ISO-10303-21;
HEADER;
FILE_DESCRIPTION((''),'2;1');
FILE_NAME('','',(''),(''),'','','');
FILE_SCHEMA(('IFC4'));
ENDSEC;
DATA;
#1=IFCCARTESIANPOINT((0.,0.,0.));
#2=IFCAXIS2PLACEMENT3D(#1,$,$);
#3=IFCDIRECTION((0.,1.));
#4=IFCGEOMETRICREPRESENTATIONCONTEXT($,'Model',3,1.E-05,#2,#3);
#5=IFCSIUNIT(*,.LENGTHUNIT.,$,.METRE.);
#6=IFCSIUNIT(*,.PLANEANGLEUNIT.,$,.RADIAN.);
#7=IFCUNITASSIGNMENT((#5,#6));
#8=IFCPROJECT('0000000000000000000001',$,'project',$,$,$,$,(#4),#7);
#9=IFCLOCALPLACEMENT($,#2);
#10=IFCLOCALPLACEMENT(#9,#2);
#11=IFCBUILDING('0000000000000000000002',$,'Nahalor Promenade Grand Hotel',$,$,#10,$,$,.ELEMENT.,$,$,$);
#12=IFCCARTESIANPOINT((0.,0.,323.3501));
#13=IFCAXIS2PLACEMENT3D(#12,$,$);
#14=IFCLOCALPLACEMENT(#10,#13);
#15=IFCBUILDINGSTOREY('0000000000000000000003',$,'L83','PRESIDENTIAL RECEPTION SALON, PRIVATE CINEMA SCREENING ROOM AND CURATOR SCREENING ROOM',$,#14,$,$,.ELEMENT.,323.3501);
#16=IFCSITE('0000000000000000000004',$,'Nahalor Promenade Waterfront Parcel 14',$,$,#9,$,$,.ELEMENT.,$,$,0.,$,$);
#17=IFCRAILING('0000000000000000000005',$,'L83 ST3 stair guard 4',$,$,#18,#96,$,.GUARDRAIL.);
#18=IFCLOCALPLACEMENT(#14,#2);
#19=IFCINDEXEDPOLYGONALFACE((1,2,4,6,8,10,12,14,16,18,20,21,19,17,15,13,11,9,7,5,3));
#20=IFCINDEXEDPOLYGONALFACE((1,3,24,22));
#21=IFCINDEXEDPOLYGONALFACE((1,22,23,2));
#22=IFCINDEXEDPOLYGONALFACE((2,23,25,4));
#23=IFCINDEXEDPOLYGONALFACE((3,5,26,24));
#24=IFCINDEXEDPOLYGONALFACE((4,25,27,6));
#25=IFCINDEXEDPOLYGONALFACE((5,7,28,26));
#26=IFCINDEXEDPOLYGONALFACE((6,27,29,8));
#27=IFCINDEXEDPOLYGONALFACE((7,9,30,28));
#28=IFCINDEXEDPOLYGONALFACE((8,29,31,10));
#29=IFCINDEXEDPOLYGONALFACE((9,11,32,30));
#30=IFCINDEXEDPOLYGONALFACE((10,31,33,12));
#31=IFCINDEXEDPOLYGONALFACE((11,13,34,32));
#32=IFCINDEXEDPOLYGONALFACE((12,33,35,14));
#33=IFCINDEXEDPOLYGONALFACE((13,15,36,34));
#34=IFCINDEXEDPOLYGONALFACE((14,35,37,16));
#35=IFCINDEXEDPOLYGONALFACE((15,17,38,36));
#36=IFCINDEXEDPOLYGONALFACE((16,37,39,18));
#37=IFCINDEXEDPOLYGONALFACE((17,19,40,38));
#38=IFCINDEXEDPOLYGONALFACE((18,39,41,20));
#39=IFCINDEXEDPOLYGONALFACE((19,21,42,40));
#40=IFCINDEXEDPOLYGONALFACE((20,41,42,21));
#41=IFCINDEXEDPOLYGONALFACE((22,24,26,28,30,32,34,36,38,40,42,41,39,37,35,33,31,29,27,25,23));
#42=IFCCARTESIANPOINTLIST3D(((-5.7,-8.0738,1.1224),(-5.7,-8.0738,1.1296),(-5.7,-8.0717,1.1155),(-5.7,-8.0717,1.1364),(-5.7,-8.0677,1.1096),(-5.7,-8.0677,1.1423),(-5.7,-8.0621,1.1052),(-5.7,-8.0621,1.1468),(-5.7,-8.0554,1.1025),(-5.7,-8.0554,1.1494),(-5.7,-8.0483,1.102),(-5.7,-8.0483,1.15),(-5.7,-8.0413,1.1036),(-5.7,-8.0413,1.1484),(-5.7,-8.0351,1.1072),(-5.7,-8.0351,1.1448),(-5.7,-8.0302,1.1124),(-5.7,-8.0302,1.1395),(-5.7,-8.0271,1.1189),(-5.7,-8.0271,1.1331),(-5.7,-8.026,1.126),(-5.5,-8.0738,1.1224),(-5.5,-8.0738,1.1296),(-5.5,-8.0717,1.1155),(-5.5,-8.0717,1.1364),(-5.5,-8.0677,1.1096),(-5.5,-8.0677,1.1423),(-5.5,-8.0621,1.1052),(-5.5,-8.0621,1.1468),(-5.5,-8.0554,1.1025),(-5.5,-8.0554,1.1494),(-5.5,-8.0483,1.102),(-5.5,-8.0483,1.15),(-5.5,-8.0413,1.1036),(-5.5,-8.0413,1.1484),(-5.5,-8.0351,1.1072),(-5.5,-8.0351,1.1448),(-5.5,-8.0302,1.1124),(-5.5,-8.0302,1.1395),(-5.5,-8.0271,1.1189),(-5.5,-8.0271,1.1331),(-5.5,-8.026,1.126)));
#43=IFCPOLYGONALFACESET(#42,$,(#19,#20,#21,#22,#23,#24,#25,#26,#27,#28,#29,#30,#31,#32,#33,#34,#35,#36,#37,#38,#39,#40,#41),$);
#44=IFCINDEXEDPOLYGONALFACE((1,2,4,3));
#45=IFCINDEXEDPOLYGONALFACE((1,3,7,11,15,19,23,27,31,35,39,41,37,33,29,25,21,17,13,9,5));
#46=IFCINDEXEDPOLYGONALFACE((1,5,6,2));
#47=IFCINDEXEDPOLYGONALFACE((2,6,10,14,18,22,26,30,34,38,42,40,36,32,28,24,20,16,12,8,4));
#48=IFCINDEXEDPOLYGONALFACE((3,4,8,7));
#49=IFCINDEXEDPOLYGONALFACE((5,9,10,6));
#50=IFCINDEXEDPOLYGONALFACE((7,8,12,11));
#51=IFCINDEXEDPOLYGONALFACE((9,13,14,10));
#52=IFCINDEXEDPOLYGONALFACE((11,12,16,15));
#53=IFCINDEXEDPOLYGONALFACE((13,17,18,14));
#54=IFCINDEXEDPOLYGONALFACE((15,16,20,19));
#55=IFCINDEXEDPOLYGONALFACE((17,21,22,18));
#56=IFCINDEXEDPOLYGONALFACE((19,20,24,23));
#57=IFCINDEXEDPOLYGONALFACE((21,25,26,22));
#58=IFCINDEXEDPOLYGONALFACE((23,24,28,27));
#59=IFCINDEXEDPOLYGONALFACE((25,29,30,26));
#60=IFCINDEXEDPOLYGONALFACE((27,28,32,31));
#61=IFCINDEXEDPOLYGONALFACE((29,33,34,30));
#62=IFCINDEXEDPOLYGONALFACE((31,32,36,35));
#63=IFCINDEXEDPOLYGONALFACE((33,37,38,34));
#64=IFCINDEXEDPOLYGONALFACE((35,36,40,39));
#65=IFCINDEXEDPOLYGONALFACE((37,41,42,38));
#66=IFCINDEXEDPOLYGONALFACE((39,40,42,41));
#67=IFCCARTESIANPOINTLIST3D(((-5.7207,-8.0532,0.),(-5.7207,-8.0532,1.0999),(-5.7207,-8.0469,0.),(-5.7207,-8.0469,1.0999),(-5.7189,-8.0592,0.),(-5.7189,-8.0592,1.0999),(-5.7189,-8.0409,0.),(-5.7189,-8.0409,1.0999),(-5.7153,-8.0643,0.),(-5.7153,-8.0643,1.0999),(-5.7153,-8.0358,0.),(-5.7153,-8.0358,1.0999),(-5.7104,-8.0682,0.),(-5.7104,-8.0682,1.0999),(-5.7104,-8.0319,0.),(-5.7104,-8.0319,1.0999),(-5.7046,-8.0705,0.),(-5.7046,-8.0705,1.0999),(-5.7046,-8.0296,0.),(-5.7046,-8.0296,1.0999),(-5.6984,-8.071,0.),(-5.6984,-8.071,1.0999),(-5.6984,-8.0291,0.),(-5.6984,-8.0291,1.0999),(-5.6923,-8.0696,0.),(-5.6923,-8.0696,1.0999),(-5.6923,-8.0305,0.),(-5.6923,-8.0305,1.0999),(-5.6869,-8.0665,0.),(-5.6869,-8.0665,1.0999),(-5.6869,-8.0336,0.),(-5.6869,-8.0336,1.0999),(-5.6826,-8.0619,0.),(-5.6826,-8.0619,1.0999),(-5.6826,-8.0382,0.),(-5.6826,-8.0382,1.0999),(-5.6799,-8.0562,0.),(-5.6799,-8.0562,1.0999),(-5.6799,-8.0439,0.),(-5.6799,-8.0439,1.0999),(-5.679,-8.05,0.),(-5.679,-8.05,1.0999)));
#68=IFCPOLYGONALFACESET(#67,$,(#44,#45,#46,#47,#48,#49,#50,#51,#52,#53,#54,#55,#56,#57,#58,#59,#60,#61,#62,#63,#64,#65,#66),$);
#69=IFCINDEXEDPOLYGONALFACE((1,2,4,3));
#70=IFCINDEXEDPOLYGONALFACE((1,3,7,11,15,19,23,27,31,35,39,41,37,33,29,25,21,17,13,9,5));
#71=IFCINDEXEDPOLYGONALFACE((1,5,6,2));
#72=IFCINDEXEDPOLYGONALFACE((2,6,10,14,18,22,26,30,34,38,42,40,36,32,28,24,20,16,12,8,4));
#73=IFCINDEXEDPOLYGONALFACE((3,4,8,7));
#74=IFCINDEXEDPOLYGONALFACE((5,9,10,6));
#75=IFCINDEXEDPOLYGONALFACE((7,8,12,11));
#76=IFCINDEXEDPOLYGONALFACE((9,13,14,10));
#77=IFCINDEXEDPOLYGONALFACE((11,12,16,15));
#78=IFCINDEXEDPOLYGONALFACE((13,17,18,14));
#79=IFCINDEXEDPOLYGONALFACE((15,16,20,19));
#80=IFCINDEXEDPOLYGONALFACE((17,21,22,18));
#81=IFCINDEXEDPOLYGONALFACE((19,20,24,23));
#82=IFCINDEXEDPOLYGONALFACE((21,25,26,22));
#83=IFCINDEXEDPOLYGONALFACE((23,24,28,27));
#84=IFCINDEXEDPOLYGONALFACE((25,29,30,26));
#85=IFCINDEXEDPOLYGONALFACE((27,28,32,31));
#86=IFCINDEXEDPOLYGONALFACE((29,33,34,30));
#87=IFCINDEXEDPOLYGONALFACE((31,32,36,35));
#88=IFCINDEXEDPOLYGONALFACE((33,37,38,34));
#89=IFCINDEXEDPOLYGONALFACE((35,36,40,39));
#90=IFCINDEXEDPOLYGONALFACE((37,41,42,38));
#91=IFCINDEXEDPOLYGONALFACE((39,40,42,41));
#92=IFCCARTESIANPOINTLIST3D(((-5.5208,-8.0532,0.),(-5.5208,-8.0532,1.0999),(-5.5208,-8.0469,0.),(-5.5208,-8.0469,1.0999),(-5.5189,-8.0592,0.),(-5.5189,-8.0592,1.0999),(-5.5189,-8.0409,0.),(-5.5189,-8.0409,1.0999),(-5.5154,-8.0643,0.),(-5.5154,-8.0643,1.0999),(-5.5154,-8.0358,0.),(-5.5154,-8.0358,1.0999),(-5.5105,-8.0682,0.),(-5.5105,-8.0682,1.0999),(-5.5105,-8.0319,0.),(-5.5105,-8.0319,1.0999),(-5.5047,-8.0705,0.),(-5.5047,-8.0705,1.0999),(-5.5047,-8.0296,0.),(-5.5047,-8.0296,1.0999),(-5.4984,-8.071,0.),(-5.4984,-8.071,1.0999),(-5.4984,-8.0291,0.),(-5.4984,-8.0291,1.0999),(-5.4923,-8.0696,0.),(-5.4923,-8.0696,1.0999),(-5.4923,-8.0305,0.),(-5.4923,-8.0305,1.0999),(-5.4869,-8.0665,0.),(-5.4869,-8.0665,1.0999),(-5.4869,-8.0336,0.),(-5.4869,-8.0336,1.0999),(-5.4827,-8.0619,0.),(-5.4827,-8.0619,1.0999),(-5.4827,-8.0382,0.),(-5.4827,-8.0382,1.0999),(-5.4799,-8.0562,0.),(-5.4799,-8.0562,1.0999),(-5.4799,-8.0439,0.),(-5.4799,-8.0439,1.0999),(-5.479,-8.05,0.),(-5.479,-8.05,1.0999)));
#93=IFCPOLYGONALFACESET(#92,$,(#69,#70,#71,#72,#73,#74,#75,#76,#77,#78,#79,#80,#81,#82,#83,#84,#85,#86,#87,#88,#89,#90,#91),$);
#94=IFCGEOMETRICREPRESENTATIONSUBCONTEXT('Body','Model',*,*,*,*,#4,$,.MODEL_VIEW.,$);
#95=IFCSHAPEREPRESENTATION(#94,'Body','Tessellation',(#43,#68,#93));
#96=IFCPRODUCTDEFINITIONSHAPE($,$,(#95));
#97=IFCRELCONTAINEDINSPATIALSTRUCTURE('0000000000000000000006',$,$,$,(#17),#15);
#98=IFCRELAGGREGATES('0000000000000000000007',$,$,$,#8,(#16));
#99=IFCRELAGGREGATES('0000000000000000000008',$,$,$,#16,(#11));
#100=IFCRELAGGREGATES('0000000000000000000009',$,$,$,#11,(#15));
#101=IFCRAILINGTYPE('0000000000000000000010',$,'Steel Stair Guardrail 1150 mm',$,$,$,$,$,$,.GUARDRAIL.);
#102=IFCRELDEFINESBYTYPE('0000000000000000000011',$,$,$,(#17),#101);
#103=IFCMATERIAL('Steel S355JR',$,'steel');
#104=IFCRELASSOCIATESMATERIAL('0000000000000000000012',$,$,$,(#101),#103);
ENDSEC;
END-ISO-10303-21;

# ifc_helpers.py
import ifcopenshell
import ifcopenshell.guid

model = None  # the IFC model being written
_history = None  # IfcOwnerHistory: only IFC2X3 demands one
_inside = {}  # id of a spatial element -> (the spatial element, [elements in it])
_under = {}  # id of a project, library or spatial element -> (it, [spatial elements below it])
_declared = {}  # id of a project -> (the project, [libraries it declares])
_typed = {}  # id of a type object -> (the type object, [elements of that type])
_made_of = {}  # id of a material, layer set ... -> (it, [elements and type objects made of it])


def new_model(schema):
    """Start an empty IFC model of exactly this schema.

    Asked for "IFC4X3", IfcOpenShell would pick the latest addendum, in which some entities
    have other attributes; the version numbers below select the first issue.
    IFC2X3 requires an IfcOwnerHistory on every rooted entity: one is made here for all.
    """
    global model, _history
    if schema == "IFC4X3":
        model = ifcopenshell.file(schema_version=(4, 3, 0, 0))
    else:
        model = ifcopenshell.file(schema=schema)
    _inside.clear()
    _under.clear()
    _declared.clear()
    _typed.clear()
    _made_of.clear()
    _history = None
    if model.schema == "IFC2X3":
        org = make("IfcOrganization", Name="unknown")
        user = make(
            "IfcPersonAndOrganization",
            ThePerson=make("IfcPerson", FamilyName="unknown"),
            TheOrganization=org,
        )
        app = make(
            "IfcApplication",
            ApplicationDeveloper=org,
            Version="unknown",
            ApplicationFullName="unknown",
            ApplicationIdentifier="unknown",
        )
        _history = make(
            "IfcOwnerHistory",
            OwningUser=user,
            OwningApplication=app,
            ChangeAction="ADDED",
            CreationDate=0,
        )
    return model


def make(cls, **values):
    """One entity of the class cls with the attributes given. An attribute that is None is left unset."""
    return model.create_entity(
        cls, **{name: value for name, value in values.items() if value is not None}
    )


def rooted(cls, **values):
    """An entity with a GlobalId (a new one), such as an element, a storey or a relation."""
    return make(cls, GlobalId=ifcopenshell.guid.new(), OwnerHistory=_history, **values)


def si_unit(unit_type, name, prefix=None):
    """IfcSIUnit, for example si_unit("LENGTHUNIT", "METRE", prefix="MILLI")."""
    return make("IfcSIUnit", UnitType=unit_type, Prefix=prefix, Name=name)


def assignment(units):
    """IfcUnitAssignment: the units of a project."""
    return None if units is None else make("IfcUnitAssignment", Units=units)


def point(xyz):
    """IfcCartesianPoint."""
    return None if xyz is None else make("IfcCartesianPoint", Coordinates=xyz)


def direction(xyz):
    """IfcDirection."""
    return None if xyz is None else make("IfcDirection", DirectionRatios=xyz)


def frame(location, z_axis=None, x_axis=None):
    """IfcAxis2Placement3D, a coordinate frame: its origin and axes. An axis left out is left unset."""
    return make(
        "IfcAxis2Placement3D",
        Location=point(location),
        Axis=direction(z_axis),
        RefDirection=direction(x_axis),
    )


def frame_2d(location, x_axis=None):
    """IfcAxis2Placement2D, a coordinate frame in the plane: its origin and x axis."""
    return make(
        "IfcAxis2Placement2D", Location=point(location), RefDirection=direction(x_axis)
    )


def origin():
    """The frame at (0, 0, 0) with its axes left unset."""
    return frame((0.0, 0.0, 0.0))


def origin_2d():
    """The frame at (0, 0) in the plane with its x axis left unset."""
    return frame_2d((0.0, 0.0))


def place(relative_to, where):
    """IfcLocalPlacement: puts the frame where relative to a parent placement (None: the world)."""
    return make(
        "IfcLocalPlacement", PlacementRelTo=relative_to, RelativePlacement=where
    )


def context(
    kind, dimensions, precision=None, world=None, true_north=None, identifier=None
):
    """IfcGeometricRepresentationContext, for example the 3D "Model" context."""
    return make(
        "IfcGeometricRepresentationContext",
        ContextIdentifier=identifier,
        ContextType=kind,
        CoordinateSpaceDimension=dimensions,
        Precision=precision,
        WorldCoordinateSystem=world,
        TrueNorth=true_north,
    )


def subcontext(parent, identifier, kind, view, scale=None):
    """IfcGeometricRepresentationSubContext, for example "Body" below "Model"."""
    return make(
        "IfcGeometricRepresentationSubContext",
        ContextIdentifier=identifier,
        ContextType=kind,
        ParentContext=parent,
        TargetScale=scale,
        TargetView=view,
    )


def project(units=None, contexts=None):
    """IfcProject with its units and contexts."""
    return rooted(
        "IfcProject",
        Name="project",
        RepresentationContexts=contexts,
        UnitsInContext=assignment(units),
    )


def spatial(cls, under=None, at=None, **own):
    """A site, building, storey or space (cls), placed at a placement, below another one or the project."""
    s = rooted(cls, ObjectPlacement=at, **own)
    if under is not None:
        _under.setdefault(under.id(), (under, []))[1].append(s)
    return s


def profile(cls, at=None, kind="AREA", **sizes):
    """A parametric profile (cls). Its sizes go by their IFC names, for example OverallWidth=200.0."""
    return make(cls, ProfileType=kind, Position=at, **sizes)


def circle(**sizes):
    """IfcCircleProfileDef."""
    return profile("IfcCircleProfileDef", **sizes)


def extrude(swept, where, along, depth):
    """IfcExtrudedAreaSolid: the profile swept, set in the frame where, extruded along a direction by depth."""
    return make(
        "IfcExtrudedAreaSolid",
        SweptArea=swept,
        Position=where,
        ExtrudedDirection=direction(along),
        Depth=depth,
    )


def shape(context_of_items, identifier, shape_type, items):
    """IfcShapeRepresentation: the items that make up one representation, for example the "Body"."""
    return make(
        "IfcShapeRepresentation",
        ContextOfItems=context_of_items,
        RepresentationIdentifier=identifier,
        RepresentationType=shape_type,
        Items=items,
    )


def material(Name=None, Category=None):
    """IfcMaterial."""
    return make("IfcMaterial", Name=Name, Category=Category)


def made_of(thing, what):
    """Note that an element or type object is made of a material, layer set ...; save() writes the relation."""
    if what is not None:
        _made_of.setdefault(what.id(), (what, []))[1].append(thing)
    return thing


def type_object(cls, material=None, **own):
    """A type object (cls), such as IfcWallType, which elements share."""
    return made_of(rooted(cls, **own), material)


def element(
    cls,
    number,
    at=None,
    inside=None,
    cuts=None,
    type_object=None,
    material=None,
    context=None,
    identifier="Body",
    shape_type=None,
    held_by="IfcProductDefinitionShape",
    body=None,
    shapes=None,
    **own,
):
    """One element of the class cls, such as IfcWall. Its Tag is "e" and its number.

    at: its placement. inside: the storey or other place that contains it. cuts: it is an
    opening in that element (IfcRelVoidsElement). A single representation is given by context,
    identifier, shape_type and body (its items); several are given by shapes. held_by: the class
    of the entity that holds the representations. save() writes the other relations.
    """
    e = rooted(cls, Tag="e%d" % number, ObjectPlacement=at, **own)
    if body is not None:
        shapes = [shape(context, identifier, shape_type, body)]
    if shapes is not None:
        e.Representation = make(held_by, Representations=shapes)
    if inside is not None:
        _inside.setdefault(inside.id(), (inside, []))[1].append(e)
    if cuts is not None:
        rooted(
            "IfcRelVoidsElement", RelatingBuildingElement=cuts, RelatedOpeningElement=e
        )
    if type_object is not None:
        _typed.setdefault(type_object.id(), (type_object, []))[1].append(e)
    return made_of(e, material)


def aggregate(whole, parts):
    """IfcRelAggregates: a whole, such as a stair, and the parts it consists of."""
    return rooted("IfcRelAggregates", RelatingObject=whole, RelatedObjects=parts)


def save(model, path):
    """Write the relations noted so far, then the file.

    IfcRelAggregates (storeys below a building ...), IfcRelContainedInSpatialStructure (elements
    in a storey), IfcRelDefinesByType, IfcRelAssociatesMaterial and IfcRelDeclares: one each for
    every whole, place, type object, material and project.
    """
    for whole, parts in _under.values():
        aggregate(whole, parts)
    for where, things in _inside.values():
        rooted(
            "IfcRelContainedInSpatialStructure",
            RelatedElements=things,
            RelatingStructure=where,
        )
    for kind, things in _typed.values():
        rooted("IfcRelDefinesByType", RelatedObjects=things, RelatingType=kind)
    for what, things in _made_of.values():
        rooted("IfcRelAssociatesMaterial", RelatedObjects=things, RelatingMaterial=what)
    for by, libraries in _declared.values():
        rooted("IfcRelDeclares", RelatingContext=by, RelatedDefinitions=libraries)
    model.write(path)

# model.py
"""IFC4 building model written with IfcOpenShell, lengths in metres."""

from ifc_helpers import new_model, si_unit, direction, frame, origin, origin_2d, place, context, subcontext, project, spatial, circle, extrude, material, type_object, element, save


model = new_model("IFC4")

# Units and contexts
model_context = context("Model", 3, precision=1e-05, world=origin(), true_north=direction((0.0, 1.0)))
body_context = subcontext(model_context, "Body", "Model", "MODEL_VIEW")
ifc_project = project(units=[si_unit("LENGTHUNIT", "METRE"), si_unit("PLANEANGLEUNIT", "RADIAN")], contexts=[model_context])

# Site, building, storey
site_placement = place(None, origin())
site = spatial("IfcSite", under=ifc_project, at=site_placement, Name="Nahalor Promenade Waterfront Parcel 14", CompositionType="ELEMENT", RefElevation=0.0)
building_placement = place(site_placement, origin())
building = spatial("IfcBuilding", under=site, at=building_placement, Name="Nahalor Promenade Grand Hotel", CompositionType="ELEMENT")
storey_placement = place(building_placement, frame((0.0, 0.0, 323.3501)))
storey = spatial("IfcBuildingStorey", under=building, at=storey_placement, Name="L83", Description="PRESIDENTIAL RECEPTION SALON, PRIVATE CINEMA SCREENING ROOM AND CURATOR SCREENING ROOM", CompositionType="ELEMENT", Elevation=323.3501)

# Shared definitions
ifc_material_1 = material(Name="Steel S355JR", Category="steel")

# Railing
railing_type_1 = type_object("IfcRailingType", Name="Steel Stair Guardrail 1150 mm", PredefinedType="GUARDRAIL", material=ifc_material_1)
railing_1_placement = place(storey_placement, frame((-5.7, -8.05, 0.0)))
element("IfcRailing", 1, at=railing_1_placement, inside=storey, type_object=railing_type_1, Name="L83 ST3 stair guard 4", PredefinedType="GUARDRAIL", context=body_context, shape_type="SweptSolid", body=[
    extrude(circle(Radius=0.024, at=origin_2d()), frame((0.0, 0.0, 1.126), z_axis=(1.0, 0.0, 0.0), x_axis=(0.0, 1.0, 0.0)), (0.0, 0.0, 1.0), 0.2),
    extrude(circle(Radius=0.021, at=origin_2d()), origin(), (0.0, 0.0, 1.0), 1.0999),
    extrude(circle(Radius=0.021, at=origin_2d()), frame((0.2, 0.0, 0.0)), (0.0, 0.0, 1.0), 1.0999),
])

save(model, "model.ifc")
